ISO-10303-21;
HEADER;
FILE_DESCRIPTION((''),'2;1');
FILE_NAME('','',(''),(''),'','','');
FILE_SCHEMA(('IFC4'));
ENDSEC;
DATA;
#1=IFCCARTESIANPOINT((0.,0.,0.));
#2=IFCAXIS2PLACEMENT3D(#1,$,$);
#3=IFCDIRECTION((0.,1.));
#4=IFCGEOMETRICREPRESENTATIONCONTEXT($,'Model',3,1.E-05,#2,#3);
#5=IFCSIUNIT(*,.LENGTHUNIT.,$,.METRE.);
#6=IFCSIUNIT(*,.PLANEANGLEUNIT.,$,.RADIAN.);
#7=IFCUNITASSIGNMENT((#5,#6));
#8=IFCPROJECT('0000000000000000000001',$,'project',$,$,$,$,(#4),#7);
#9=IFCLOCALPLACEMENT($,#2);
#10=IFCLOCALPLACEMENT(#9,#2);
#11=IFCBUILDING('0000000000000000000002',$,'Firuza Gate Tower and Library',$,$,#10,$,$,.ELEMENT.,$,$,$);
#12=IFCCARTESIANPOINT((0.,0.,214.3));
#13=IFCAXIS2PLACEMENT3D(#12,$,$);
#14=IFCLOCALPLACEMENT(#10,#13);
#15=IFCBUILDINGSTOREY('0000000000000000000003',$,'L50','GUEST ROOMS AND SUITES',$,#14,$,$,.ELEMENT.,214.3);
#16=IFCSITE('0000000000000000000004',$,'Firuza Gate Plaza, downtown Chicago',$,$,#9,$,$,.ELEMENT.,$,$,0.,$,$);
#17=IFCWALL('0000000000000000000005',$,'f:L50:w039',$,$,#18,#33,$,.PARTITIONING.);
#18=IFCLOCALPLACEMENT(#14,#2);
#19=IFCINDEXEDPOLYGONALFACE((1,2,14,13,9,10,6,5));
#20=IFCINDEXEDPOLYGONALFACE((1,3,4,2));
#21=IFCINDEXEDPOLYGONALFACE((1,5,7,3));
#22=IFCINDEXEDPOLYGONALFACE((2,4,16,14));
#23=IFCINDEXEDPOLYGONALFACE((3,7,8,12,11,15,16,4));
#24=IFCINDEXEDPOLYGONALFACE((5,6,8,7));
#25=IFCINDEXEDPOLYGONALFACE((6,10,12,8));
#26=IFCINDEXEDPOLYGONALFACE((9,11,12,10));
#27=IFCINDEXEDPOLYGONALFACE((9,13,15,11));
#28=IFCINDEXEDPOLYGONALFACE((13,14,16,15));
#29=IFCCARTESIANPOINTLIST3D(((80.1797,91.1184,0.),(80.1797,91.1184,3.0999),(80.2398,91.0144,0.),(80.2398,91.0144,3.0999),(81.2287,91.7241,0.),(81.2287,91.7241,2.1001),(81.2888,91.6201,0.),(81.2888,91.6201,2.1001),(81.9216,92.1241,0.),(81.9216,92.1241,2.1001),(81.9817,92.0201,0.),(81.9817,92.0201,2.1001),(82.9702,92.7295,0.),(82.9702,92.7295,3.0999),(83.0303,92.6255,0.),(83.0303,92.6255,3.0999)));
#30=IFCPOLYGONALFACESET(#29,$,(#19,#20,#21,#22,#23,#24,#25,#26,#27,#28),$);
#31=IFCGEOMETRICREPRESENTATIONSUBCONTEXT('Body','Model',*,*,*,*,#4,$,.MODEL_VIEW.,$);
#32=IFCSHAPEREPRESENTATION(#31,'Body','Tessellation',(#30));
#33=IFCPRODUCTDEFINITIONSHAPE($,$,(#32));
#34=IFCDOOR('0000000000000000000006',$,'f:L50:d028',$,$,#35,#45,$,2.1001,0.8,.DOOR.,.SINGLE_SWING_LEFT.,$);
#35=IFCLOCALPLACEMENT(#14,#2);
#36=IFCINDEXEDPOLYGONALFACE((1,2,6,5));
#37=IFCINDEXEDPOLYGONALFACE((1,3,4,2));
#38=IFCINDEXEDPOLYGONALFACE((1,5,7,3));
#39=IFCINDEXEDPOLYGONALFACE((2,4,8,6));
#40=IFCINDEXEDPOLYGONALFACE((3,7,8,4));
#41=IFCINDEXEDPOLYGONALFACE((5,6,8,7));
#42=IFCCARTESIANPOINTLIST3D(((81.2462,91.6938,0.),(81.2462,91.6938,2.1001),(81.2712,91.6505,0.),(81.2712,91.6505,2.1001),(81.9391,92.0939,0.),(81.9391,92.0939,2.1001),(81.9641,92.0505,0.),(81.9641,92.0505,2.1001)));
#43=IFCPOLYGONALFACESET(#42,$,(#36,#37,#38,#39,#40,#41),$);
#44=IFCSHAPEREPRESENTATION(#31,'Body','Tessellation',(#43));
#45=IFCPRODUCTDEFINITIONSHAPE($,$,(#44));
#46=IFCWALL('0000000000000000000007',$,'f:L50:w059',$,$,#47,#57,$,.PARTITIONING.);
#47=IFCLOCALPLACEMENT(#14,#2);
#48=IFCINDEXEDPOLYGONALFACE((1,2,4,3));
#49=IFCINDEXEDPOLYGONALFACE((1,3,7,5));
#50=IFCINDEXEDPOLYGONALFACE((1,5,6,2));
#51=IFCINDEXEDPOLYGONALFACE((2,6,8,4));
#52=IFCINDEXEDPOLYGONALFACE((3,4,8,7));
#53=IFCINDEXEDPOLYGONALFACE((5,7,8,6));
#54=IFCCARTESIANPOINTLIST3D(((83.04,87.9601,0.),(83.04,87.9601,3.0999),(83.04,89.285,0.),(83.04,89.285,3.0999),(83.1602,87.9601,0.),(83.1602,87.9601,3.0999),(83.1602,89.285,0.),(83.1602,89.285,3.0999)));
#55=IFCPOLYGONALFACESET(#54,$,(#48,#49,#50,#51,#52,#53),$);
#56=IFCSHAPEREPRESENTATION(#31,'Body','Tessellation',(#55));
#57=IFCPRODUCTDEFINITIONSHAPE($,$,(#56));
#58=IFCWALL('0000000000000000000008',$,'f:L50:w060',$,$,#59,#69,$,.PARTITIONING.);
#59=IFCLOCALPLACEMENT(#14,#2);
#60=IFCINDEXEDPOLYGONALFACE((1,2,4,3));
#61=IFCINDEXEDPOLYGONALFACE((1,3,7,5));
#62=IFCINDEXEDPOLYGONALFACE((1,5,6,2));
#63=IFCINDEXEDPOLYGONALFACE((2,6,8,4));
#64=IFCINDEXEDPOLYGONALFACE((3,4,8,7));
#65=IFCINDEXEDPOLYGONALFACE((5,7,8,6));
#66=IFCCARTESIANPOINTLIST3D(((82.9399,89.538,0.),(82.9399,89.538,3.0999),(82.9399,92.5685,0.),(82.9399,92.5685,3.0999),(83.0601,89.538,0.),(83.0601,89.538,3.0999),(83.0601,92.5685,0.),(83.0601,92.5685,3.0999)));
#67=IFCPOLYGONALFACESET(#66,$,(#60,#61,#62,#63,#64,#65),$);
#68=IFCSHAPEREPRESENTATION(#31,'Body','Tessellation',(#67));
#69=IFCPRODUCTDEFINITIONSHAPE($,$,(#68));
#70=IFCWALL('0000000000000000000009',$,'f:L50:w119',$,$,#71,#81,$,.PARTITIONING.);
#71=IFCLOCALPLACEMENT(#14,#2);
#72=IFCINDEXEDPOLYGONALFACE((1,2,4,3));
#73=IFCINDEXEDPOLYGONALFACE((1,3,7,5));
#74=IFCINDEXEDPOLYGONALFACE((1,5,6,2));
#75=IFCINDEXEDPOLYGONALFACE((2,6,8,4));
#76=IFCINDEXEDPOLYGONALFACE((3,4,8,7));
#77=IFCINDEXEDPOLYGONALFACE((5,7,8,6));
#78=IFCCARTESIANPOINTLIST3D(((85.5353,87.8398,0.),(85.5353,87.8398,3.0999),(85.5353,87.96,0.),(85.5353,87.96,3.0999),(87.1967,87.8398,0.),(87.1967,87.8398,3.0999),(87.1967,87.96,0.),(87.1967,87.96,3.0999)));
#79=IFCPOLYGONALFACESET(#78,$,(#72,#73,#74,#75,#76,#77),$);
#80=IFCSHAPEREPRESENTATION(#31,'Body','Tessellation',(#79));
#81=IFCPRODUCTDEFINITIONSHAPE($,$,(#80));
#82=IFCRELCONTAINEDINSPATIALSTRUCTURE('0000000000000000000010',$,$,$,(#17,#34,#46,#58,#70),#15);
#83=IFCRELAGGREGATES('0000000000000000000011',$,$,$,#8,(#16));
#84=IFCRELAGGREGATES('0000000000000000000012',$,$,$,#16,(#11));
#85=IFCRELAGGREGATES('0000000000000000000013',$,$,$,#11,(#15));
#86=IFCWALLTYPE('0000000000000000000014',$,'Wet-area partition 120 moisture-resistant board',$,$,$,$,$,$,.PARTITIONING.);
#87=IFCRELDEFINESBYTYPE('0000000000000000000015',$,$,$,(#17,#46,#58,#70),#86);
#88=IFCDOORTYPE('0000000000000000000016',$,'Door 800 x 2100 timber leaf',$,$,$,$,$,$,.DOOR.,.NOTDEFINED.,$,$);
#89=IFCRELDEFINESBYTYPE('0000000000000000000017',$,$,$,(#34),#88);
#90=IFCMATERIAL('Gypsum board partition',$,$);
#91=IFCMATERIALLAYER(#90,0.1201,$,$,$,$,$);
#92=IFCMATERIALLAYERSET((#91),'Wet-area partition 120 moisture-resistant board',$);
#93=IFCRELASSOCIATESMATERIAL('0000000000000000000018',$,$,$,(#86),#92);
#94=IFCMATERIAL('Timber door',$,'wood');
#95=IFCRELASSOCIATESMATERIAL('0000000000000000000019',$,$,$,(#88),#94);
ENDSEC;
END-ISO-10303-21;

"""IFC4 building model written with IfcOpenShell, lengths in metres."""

from ifc_helpers import new_model, si_unit, direction, frame, frame_2d, origin, place, context, subcontext, project, spatial, rectangle, extrude, material, layer, layer_set, type_object, element, fill, save


model = new_model("IFC4")

# Units and contexts
model_context = context("Model", 3, precision=1e-05, world=origin(), true_north=direction((0.0, 1.0)))
body_context = subcontext(model_context, "Body", "Model", "MODEL_VIEW")
ifc_project = project(units=[si_unit("LENGTHUNIT", "METRE"), si_unit("PLANEANGLEUNIT", "RADIAN")], contexts=[model_context])

# Site, building, storey
site_placement = place(None, origin())
site = spatial("IfcSite", under=ifc_project, at=site_placement, Name="Firuza Gate Plaza, downtown Chicago", CompositionType="ELEMENT", RefElevation=0.0)
building_placement = place(site_placement, origin())
building = spatial("IfcBuilding", under=site, at=building_placement, Name="Firuza Gate Tower and Library", CompositionType="ELEMENT")
storey_placement = place(building_placement, frame((0.0, 0.0, 214.3)))
storey = spatial("IfcBuildingStorey", under=building, at=storey_placement, Name="L50", Description="GUEST ROOMS AND SUITES", CompositionType="ELEMENT", Elevation=214.3)

# Wall, opening, door
ifc_material_1 = material(Name="Gypsum board partition")
ifc_layer_1 = layer(ifc_material_1, 0.1201)
ifc_layer_set_1 = layer_set([ifc_layer_1], Name="Wet-area partition 120 moisture-resistant board")
wall_type_1 = type_object("IfcWallType", Name="Wet-area partition 120 moisture-resistant board", PredefinedType="PARTITIONING", material=ifc_layer_set_1)
ifc_material_2 = material(Name="Timber door", Category="wood")
door_type_1 = type_object("IfcDoorType", Name="Door 800 x 2100 timber leaf", OperationType="NOTDEFINED", PredefinedType="DOOR", material=ifc_material_2)
wall_1_placement = place(storey_placement, frame((83.0002, 92.6775, 0.0), z_axis=(0.0, 0.0, 1.0), x_axis=(-0.866029, -0.499994, 0.0)))
wall_1 = element("IfcWall", 1, at=wall_1_placement, inside=storey, type_object=wall_type_1, Name="f:L50:w039", PredefinedType="PARTITIONING", context=body_context, shape_type="SweptSolid", body=[
    extrude(rectangle(XDim=3.2222, YDim=0.1201, at=frame_2d((1.6111, 0.0))), origin(), (0.0, 0.0, 1.0), 3.0999),
])
opening_1_placement = place(wall_1_placement, frame((1.2109, 0.0, 0.0)))
opening_1 = element("IfcOpeningElement", 2, at=opening_1_placement, cuts=wall_1, PredefinedType="OPENING", context=body_context, shape_type="SweptSolid", body=[
    extrude(rectangle(XDim=0.8, YDim=2.1001, at=frame_2d((0.3999, 1.05))), frame((0.0, 0.0701, 0.0), z_axis=(0.0, -1.0, 0.0), x_axis=(1.0, 0.0, 0.0)), (0.0, 0.0, 1.0), 0.1401),
])
door_1_placement = place(opening_1_placement, origin())
door_1 = element("IfcDoor", 3, at=door_1_placement, inside=storey, type_object=door_type_1, Name="f:L50:d028", OperationType="SINGLE_SWING_LEFT", OverallHeight=2.1001, OverallWidth=0.8, PredefinedType="DOOR", context=body_context, shape_type="SweptSolid", body=[
    extrude(rectangle(XDim=0.8, YDim=2.1001, at=frame_2d((0.3999, 1.05))), frame((0.0, 0.0249, 0.0), z_axis=(0.0, -1.0, 0.0), x_axis=(1.0, 0.0, 0.0)), (0.0, 0.0, 1.0), 0.05),
])
fill(opening_1, door_1)

# Walls
wall_2_placement = place(storey_placement, frame((83.1001, 87.96, 0.0), z_axis=(0.0, 0.0, 1.0), x_axis=(0.0, 1.0, 0.0)))
element("IfcWall", 4, at=wall_2_placement, inside=storey, type_object=wall_type_1, Name="f:L50:w059", PredefinedType="PARTITIONING", context=body_context, shape_type="SweptSolid", body=[
    extrude(rectangle(XDim=1.325, YDim=0.1201, at=frame_2d((0.6626, 0.0))), origin(), (0.0, 0.0, 1.0), 3.0999),
])
wall_3_placement = place(storey_placement, frame((83.0, 89.5381, 0.0), z_axis=(0.0, 0.0, 1.0), x_axis=(0.0, 1.0, 0.0)))
element("IfcWall", 5, at=wall_3_placement, inside=storey, type_object=wall_type_1, Name="f:L50:w060", PredefinedType="PARTITIONING", context=body_context, shape_type="SweptSolid", body=[
    extrude(rectangle(XDim=3.0305, YDim=0.1201, at=frame_2d((1.5151, 0.0))), origin(), (0.0, 0.0, 1.0), 3.0999),
])
wall_4_placement = place(storey_placement, frame((85.5354, 87.8999, 0.0), z_axis=(0.0, 0.0, 1.0), x_axis=(1.0, 0.0, 0.0)))
element("IfcWall", 6, at=wall_4_placement, inside=storey, type_object=wall_type_1, Name="f:L50:w119", PredefinedType="PARTITIONING", context=body_context, shape_type="SweptSolid", body=[
    extrude(rectangle(XDim=1.6614, YDim=0.1201, at=frame_2d((0.8306, 0.0))), origin(), (0.0, 0.0, 1.0), 3.0999),
])

save(model, "model.ifc")
